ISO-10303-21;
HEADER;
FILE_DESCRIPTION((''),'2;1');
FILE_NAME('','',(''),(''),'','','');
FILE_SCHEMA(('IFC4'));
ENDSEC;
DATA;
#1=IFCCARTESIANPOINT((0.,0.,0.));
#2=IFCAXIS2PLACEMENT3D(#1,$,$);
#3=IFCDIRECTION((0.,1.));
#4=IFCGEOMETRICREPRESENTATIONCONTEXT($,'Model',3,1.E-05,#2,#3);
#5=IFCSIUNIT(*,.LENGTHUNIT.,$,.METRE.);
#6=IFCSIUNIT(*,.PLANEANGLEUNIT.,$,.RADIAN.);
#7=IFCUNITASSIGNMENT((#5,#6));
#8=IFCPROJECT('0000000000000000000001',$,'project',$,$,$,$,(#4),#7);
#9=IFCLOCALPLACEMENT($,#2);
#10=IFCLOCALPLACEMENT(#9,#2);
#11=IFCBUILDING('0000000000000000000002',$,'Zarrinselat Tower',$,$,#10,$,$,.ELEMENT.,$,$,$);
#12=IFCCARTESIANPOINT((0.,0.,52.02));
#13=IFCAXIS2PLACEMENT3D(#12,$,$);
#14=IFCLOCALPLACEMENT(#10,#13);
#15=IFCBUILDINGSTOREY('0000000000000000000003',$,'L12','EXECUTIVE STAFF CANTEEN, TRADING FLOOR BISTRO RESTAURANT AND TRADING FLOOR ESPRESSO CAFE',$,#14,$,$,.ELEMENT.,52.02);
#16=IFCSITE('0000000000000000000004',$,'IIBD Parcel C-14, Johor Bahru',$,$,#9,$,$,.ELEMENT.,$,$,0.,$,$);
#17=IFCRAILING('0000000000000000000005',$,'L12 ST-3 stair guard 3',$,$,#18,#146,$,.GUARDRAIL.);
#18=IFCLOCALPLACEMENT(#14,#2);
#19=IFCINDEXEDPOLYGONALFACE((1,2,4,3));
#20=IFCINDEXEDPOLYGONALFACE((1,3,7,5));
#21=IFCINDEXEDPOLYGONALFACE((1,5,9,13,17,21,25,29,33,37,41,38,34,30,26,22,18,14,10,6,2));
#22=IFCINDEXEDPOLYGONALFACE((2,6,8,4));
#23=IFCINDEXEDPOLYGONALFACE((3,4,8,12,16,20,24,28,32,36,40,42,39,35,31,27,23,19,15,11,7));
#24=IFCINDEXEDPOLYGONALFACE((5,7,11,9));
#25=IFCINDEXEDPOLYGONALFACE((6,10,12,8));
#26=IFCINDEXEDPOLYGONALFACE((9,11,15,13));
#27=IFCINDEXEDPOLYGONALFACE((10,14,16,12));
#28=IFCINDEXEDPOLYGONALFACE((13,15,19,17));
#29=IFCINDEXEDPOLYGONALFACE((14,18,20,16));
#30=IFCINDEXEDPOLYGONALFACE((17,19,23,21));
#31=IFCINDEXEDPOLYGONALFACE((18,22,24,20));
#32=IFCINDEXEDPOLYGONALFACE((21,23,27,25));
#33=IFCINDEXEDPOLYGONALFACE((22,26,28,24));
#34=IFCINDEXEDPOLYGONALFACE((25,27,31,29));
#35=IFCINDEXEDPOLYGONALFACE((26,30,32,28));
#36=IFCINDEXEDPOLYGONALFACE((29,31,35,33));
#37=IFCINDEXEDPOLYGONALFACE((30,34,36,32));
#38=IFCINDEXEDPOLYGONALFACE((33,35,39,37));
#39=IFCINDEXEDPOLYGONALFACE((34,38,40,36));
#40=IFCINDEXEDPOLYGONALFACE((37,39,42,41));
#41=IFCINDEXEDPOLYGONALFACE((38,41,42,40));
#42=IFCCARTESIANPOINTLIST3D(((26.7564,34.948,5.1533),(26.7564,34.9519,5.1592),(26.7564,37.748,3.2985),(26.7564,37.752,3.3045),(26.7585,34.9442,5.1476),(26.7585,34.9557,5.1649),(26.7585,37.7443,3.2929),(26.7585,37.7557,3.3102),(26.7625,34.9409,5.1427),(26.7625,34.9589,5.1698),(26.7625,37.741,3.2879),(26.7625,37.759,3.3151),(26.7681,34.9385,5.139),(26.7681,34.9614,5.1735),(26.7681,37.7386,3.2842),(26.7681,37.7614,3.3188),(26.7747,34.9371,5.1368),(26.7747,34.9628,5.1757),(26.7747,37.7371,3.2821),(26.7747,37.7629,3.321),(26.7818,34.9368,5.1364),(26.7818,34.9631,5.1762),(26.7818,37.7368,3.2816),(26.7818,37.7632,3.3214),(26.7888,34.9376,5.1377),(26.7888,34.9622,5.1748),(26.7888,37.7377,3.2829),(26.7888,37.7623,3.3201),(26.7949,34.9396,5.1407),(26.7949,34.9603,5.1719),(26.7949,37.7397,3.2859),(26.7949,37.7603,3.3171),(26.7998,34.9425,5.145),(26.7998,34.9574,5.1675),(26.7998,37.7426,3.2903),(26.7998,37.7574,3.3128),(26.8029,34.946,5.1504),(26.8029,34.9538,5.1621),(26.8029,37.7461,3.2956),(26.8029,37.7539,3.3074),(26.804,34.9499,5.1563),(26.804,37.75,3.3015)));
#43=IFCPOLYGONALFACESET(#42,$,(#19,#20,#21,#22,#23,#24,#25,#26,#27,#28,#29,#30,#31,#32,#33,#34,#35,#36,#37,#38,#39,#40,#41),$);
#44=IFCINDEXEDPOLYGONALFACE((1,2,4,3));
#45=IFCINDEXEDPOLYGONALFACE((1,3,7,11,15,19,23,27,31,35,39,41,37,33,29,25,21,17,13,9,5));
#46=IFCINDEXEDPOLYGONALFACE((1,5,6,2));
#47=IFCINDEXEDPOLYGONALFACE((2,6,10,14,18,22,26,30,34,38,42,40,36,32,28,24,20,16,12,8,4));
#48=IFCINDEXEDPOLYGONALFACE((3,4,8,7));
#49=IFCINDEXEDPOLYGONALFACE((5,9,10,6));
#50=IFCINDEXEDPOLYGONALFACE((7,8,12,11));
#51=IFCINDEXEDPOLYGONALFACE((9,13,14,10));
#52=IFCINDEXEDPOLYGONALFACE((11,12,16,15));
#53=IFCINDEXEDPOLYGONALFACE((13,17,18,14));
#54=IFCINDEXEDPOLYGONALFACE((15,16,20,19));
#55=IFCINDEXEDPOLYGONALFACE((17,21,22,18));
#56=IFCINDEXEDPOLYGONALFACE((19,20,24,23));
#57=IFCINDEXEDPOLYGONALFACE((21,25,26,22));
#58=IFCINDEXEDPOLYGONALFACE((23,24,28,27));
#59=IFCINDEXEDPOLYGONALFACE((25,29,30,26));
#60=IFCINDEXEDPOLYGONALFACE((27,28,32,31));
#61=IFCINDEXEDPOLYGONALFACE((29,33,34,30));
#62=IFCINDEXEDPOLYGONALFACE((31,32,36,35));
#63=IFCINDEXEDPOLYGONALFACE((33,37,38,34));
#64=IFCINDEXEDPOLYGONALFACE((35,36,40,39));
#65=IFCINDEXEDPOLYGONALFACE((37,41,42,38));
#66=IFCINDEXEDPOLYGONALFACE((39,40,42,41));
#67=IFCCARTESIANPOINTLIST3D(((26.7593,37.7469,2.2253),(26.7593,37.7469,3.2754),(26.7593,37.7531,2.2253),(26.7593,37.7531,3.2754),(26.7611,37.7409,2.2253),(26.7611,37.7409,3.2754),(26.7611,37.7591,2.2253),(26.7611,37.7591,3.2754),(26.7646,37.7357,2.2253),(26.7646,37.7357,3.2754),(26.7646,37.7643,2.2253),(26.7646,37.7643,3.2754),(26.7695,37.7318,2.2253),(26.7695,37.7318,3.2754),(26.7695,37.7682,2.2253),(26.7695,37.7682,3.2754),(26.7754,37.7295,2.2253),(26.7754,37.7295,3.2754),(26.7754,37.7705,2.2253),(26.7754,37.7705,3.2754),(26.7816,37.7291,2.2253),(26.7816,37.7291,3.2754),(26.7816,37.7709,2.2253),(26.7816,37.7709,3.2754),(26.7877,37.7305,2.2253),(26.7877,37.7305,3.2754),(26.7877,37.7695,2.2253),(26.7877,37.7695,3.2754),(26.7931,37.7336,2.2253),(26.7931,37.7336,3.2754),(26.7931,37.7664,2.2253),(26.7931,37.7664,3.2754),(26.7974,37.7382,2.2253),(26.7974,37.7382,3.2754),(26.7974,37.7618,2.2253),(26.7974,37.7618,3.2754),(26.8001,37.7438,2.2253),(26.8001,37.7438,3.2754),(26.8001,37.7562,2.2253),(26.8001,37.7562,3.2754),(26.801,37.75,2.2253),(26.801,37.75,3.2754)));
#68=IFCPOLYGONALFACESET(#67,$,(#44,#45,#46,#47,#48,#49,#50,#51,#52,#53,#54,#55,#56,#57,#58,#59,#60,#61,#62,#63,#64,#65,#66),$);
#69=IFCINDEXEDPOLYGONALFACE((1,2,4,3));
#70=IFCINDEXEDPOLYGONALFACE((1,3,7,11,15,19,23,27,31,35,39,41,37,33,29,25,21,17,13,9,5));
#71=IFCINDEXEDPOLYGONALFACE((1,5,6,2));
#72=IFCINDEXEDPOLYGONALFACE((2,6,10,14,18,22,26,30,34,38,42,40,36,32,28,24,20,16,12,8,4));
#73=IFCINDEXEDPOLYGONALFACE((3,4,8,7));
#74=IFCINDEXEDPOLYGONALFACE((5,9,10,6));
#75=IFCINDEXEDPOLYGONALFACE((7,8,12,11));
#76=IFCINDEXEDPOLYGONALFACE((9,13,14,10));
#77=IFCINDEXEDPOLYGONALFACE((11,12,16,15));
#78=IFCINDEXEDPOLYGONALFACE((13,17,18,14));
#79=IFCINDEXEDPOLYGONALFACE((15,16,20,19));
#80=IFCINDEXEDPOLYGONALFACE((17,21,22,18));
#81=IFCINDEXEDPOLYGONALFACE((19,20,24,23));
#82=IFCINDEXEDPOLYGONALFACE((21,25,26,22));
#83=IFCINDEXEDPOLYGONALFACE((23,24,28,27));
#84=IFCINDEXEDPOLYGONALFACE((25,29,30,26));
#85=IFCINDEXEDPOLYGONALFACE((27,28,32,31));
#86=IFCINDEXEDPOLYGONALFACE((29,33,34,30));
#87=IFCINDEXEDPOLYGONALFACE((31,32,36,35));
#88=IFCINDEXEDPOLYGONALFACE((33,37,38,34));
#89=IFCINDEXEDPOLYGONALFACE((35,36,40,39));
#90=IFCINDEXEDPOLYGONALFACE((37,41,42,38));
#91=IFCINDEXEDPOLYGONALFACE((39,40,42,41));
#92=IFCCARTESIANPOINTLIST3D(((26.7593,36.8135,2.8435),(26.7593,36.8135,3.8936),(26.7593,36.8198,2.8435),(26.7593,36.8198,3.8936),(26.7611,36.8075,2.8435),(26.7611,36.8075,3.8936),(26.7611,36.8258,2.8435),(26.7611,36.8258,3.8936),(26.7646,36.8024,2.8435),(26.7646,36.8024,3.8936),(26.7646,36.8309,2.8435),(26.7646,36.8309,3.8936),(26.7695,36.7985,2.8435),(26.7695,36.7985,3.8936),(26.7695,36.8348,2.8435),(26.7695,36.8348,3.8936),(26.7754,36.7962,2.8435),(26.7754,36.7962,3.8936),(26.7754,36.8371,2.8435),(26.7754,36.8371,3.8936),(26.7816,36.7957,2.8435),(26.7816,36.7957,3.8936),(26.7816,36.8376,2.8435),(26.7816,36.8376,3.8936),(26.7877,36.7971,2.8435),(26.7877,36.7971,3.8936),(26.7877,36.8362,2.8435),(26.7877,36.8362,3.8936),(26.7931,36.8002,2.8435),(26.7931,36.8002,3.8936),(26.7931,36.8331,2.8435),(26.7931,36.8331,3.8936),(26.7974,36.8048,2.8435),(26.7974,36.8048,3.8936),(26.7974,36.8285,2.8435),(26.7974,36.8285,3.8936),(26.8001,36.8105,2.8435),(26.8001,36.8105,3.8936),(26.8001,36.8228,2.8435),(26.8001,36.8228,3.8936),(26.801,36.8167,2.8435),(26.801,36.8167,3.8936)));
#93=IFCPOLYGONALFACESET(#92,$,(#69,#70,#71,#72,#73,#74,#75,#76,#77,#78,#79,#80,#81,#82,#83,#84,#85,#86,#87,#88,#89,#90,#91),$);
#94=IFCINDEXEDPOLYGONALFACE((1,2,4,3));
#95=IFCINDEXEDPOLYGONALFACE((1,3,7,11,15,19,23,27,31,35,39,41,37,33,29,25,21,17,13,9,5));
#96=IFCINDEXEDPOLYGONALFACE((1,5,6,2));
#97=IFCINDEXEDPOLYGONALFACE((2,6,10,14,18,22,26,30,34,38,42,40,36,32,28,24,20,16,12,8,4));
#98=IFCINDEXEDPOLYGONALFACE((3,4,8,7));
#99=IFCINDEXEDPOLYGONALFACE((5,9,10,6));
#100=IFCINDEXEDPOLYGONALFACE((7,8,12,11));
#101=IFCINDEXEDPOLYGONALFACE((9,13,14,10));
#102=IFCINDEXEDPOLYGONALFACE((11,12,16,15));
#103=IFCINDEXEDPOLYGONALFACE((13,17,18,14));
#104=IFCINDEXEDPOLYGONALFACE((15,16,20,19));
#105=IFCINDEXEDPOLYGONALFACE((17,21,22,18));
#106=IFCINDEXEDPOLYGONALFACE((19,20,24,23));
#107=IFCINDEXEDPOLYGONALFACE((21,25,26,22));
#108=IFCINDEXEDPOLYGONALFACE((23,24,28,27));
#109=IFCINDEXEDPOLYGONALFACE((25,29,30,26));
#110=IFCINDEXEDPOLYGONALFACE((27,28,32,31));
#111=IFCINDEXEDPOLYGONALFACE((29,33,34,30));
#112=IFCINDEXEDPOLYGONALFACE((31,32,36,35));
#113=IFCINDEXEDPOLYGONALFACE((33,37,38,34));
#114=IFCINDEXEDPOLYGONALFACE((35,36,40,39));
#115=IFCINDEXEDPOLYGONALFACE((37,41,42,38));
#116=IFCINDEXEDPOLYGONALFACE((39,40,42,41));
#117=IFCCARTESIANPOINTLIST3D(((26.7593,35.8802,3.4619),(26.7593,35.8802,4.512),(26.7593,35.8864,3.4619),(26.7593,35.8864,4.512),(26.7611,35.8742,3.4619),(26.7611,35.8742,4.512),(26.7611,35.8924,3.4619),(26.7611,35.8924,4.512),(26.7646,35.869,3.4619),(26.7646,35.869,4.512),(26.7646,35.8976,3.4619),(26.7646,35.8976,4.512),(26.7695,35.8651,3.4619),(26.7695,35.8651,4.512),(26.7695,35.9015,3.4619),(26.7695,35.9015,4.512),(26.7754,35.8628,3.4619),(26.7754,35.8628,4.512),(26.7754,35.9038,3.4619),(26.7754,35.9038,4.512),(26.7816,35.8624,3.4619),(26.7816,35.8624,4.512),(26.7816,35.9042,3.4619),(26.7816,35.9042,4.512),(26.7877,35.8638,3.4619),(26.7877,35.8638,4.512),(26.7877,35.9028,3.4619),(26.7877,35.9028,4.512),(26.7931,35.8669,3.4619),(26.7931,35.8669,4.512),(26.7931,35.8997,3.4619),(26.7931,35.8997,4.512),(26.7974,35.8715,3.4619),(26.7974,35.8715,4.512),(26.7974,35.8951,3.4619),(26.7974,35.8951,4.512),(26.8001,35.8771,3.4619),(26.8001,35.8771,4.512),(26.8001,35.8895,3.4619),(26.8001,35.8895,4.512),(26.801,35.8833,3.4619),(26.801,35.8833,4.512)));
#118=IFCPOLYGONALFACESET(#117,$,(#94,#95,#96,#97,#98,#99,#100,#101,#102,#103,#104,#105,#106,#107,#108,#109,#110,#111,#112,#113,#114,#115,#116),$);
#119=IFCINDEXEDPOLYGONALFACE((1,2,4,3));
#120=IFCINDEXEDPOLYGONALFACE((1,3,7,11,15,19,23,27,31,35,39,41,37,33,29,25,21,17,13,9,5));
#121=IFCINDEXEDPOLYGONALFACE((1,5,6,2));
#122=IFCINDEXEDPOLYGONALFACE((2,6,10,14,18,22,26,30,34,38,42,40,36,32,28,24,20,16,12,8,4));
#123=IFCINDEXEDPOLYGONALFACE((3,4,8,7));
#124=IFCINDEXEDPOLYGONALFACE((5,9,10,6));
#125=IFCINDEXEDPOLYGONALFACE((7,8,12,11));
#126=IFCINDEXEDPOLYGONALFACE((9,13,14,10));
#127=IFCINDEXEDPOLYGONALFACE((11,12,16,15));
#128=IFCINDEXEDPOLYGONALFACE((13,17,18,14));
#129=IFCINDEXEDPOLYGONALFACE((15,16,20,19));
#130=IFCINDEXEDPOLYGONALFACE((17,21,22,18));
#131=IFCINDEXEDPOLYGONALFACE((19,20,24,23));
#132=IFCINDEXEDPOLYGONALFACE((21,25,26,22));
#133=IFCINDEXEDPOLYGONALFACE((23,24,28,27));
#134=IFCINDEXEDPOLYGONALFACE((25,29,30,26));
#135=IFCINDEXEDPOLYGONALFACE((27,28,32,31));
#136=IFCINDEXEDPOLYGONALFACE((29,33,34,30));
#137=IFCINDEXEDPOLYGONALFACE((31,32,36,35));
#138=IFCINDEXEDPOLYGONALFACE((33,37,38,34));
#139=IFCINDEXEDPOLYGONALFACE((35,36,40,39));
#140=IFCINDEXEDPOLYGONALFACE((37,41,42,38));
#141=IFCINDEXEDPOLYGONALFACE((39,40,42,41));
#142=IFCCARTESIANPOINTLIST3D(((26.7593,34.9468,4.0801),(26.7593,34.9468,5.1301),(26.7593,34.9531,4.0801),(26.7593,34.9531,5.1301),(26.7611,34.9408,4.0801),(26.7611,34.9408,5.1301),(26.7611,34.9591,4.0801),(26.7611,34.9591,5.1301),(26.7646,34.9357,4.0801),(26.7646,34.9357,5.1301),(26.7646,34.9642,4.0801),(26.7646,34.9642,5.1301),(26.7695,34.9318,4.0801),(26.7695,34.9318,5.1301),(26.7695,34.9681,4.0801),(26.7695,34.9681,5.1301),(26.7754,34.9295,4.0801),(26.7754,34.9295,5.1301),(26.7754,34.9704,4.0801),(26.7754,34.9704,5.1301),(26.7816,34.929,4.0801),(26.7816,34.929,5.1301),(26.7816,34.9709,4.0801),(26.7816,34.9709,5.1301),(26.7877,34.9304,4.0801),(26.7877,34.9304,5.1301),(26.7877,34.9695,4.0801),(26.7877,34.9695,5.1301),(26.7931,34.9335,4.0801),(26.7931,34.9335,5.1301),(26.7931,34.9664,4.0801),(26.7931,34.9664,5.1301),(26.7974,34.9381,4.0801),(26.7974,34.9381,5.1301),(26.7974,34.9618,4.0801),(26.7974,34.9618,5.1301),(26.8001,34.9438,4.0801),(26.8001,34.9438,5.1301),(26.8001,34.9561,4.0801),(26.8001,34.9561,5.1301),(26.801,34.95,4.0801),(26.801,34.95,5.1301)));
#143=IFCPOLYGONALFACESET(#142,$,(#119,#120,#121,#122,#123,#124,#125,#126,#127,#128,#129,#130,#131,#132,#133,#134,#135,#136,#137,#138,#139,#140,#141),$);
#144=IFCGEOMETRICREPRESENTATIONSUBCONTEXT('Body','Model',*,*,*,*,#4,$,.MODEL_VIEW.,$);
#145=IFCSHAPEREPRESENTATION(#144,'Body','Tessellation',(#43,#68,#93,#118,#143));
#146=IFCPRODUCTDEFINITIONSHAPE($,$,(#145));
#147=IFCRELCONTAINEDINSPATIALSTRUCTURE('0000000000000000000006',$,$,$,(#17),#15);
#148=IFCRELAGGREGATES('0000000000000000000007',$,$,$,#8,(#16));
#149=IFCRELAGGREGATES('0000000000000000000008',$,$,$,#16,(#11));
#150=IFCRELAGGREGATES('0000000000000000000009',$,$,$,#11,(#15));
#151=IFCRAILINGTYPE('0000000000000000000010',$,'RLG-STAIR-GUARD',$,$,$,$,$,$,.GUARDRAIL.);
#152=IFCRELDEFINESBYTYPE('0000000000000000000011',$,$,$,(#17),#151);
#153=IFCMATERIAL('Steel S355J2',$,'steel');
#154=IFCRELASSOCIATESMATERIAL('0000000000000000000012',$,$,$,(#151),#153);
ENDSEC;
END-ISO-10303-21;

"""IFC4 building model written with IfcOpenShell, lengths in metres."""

from ifc_helpers import new_model, si_unit, direction, frame, origin, origin_2d, place, context, subcontext, project, spatial, circle, extrude, material, type_object, element, save


model = new_model("IFC4")

# Units and contexts
model_context = context("Model", 3, precision=1e-05, world=origin(), true_north=direction((0.0, 1.0)))
body_context = subcontext(model_context, "Body", "Model", "MODEL_VIEW")
ifc_project = project(units=[si_unit("LENGTHUNIT", "METRE"), si_unit("PLANEANGLEUNIT", "RADIAN")], contexts=[model_context])

# Site, building, storey
site_placement = place(None, origin())
site = spatial("IfcSite", under=ifc_project, at=site_placement, Name="IIBD Parcel C-14, Johor Bahru", CompositionType="ELEMENT", RefElevation=0.0)
building_placement = place(site_placement, origin())
building = spatial("IfcBuilding", under=site, at=building_placement, Name="Zarrinselat Tower", CompositionType="ELEMENT")
storey_placement = place(building_placement, frame((0.0, 0.0, 52.02)))
storey = spatial("IfcBuildingStorey", under=building, at=storey_placement, Name="L12", Description="EXECUTIVE STAFF CANTEEN, TRADING FLOOR BISTRO RESTAURANT AND TRADING FLOOR ESPRESSO CAFE", CompositionType="ELEMENT", Elevation=52.02)

# Railing
ifc_material_1 = material(Name="Steel S355J2", Category="steel")
railing_type_1 = type_object("IfcRailingType", Name="RLG-STAIR-GUARD", PredefinedType="GUARDRAIL", material=ifc_material_1)
railing_1_placement = place(storey_placement, frame((26.78, 37.75, 2.2253)))
element("IfcRailing", 1, at=railing_1_placement, inside=storey, type_object=railing_type_1, Name="L12 ST-3 stair guard 3", PredefinedType="GUARDRAIL", context=body_context, shape_type="SweptSolid", body=[
    extrude(circle(Radius=0.0239, at=origin_2d()), frame((0.0, 0.0, 1.0762), z_axis=(0.0, -0.833691, 0.552232), x_axis=(1.0, 0.0, 0.0)), (0.0, 0.0, 1.0), 3.3586),
    extrude(circle(Radius=0.021, at=origin_2d()), origin(), (0.0, 0.0, 1.0), 1.05),
    extrude(circle(Radius=0.021, at=origin_2d()), frame((0.0, -0.9333, 0.6182)), (0.0, 0.0, 1.0), 1.05),
    extrude(circle(Radius=0.021, at=origin_2d()), frame((0.0, -1.8667, 1.2366)), (0.0, 0.0, 1.0), 1.05),
    extrude(circle(Radius=0.021, at=origin_2d()), frame((0.0, -2.8, 1.8547)), (0.0, 0.0, 1.0), 1.05),
])

save(model, "model.ifc")
